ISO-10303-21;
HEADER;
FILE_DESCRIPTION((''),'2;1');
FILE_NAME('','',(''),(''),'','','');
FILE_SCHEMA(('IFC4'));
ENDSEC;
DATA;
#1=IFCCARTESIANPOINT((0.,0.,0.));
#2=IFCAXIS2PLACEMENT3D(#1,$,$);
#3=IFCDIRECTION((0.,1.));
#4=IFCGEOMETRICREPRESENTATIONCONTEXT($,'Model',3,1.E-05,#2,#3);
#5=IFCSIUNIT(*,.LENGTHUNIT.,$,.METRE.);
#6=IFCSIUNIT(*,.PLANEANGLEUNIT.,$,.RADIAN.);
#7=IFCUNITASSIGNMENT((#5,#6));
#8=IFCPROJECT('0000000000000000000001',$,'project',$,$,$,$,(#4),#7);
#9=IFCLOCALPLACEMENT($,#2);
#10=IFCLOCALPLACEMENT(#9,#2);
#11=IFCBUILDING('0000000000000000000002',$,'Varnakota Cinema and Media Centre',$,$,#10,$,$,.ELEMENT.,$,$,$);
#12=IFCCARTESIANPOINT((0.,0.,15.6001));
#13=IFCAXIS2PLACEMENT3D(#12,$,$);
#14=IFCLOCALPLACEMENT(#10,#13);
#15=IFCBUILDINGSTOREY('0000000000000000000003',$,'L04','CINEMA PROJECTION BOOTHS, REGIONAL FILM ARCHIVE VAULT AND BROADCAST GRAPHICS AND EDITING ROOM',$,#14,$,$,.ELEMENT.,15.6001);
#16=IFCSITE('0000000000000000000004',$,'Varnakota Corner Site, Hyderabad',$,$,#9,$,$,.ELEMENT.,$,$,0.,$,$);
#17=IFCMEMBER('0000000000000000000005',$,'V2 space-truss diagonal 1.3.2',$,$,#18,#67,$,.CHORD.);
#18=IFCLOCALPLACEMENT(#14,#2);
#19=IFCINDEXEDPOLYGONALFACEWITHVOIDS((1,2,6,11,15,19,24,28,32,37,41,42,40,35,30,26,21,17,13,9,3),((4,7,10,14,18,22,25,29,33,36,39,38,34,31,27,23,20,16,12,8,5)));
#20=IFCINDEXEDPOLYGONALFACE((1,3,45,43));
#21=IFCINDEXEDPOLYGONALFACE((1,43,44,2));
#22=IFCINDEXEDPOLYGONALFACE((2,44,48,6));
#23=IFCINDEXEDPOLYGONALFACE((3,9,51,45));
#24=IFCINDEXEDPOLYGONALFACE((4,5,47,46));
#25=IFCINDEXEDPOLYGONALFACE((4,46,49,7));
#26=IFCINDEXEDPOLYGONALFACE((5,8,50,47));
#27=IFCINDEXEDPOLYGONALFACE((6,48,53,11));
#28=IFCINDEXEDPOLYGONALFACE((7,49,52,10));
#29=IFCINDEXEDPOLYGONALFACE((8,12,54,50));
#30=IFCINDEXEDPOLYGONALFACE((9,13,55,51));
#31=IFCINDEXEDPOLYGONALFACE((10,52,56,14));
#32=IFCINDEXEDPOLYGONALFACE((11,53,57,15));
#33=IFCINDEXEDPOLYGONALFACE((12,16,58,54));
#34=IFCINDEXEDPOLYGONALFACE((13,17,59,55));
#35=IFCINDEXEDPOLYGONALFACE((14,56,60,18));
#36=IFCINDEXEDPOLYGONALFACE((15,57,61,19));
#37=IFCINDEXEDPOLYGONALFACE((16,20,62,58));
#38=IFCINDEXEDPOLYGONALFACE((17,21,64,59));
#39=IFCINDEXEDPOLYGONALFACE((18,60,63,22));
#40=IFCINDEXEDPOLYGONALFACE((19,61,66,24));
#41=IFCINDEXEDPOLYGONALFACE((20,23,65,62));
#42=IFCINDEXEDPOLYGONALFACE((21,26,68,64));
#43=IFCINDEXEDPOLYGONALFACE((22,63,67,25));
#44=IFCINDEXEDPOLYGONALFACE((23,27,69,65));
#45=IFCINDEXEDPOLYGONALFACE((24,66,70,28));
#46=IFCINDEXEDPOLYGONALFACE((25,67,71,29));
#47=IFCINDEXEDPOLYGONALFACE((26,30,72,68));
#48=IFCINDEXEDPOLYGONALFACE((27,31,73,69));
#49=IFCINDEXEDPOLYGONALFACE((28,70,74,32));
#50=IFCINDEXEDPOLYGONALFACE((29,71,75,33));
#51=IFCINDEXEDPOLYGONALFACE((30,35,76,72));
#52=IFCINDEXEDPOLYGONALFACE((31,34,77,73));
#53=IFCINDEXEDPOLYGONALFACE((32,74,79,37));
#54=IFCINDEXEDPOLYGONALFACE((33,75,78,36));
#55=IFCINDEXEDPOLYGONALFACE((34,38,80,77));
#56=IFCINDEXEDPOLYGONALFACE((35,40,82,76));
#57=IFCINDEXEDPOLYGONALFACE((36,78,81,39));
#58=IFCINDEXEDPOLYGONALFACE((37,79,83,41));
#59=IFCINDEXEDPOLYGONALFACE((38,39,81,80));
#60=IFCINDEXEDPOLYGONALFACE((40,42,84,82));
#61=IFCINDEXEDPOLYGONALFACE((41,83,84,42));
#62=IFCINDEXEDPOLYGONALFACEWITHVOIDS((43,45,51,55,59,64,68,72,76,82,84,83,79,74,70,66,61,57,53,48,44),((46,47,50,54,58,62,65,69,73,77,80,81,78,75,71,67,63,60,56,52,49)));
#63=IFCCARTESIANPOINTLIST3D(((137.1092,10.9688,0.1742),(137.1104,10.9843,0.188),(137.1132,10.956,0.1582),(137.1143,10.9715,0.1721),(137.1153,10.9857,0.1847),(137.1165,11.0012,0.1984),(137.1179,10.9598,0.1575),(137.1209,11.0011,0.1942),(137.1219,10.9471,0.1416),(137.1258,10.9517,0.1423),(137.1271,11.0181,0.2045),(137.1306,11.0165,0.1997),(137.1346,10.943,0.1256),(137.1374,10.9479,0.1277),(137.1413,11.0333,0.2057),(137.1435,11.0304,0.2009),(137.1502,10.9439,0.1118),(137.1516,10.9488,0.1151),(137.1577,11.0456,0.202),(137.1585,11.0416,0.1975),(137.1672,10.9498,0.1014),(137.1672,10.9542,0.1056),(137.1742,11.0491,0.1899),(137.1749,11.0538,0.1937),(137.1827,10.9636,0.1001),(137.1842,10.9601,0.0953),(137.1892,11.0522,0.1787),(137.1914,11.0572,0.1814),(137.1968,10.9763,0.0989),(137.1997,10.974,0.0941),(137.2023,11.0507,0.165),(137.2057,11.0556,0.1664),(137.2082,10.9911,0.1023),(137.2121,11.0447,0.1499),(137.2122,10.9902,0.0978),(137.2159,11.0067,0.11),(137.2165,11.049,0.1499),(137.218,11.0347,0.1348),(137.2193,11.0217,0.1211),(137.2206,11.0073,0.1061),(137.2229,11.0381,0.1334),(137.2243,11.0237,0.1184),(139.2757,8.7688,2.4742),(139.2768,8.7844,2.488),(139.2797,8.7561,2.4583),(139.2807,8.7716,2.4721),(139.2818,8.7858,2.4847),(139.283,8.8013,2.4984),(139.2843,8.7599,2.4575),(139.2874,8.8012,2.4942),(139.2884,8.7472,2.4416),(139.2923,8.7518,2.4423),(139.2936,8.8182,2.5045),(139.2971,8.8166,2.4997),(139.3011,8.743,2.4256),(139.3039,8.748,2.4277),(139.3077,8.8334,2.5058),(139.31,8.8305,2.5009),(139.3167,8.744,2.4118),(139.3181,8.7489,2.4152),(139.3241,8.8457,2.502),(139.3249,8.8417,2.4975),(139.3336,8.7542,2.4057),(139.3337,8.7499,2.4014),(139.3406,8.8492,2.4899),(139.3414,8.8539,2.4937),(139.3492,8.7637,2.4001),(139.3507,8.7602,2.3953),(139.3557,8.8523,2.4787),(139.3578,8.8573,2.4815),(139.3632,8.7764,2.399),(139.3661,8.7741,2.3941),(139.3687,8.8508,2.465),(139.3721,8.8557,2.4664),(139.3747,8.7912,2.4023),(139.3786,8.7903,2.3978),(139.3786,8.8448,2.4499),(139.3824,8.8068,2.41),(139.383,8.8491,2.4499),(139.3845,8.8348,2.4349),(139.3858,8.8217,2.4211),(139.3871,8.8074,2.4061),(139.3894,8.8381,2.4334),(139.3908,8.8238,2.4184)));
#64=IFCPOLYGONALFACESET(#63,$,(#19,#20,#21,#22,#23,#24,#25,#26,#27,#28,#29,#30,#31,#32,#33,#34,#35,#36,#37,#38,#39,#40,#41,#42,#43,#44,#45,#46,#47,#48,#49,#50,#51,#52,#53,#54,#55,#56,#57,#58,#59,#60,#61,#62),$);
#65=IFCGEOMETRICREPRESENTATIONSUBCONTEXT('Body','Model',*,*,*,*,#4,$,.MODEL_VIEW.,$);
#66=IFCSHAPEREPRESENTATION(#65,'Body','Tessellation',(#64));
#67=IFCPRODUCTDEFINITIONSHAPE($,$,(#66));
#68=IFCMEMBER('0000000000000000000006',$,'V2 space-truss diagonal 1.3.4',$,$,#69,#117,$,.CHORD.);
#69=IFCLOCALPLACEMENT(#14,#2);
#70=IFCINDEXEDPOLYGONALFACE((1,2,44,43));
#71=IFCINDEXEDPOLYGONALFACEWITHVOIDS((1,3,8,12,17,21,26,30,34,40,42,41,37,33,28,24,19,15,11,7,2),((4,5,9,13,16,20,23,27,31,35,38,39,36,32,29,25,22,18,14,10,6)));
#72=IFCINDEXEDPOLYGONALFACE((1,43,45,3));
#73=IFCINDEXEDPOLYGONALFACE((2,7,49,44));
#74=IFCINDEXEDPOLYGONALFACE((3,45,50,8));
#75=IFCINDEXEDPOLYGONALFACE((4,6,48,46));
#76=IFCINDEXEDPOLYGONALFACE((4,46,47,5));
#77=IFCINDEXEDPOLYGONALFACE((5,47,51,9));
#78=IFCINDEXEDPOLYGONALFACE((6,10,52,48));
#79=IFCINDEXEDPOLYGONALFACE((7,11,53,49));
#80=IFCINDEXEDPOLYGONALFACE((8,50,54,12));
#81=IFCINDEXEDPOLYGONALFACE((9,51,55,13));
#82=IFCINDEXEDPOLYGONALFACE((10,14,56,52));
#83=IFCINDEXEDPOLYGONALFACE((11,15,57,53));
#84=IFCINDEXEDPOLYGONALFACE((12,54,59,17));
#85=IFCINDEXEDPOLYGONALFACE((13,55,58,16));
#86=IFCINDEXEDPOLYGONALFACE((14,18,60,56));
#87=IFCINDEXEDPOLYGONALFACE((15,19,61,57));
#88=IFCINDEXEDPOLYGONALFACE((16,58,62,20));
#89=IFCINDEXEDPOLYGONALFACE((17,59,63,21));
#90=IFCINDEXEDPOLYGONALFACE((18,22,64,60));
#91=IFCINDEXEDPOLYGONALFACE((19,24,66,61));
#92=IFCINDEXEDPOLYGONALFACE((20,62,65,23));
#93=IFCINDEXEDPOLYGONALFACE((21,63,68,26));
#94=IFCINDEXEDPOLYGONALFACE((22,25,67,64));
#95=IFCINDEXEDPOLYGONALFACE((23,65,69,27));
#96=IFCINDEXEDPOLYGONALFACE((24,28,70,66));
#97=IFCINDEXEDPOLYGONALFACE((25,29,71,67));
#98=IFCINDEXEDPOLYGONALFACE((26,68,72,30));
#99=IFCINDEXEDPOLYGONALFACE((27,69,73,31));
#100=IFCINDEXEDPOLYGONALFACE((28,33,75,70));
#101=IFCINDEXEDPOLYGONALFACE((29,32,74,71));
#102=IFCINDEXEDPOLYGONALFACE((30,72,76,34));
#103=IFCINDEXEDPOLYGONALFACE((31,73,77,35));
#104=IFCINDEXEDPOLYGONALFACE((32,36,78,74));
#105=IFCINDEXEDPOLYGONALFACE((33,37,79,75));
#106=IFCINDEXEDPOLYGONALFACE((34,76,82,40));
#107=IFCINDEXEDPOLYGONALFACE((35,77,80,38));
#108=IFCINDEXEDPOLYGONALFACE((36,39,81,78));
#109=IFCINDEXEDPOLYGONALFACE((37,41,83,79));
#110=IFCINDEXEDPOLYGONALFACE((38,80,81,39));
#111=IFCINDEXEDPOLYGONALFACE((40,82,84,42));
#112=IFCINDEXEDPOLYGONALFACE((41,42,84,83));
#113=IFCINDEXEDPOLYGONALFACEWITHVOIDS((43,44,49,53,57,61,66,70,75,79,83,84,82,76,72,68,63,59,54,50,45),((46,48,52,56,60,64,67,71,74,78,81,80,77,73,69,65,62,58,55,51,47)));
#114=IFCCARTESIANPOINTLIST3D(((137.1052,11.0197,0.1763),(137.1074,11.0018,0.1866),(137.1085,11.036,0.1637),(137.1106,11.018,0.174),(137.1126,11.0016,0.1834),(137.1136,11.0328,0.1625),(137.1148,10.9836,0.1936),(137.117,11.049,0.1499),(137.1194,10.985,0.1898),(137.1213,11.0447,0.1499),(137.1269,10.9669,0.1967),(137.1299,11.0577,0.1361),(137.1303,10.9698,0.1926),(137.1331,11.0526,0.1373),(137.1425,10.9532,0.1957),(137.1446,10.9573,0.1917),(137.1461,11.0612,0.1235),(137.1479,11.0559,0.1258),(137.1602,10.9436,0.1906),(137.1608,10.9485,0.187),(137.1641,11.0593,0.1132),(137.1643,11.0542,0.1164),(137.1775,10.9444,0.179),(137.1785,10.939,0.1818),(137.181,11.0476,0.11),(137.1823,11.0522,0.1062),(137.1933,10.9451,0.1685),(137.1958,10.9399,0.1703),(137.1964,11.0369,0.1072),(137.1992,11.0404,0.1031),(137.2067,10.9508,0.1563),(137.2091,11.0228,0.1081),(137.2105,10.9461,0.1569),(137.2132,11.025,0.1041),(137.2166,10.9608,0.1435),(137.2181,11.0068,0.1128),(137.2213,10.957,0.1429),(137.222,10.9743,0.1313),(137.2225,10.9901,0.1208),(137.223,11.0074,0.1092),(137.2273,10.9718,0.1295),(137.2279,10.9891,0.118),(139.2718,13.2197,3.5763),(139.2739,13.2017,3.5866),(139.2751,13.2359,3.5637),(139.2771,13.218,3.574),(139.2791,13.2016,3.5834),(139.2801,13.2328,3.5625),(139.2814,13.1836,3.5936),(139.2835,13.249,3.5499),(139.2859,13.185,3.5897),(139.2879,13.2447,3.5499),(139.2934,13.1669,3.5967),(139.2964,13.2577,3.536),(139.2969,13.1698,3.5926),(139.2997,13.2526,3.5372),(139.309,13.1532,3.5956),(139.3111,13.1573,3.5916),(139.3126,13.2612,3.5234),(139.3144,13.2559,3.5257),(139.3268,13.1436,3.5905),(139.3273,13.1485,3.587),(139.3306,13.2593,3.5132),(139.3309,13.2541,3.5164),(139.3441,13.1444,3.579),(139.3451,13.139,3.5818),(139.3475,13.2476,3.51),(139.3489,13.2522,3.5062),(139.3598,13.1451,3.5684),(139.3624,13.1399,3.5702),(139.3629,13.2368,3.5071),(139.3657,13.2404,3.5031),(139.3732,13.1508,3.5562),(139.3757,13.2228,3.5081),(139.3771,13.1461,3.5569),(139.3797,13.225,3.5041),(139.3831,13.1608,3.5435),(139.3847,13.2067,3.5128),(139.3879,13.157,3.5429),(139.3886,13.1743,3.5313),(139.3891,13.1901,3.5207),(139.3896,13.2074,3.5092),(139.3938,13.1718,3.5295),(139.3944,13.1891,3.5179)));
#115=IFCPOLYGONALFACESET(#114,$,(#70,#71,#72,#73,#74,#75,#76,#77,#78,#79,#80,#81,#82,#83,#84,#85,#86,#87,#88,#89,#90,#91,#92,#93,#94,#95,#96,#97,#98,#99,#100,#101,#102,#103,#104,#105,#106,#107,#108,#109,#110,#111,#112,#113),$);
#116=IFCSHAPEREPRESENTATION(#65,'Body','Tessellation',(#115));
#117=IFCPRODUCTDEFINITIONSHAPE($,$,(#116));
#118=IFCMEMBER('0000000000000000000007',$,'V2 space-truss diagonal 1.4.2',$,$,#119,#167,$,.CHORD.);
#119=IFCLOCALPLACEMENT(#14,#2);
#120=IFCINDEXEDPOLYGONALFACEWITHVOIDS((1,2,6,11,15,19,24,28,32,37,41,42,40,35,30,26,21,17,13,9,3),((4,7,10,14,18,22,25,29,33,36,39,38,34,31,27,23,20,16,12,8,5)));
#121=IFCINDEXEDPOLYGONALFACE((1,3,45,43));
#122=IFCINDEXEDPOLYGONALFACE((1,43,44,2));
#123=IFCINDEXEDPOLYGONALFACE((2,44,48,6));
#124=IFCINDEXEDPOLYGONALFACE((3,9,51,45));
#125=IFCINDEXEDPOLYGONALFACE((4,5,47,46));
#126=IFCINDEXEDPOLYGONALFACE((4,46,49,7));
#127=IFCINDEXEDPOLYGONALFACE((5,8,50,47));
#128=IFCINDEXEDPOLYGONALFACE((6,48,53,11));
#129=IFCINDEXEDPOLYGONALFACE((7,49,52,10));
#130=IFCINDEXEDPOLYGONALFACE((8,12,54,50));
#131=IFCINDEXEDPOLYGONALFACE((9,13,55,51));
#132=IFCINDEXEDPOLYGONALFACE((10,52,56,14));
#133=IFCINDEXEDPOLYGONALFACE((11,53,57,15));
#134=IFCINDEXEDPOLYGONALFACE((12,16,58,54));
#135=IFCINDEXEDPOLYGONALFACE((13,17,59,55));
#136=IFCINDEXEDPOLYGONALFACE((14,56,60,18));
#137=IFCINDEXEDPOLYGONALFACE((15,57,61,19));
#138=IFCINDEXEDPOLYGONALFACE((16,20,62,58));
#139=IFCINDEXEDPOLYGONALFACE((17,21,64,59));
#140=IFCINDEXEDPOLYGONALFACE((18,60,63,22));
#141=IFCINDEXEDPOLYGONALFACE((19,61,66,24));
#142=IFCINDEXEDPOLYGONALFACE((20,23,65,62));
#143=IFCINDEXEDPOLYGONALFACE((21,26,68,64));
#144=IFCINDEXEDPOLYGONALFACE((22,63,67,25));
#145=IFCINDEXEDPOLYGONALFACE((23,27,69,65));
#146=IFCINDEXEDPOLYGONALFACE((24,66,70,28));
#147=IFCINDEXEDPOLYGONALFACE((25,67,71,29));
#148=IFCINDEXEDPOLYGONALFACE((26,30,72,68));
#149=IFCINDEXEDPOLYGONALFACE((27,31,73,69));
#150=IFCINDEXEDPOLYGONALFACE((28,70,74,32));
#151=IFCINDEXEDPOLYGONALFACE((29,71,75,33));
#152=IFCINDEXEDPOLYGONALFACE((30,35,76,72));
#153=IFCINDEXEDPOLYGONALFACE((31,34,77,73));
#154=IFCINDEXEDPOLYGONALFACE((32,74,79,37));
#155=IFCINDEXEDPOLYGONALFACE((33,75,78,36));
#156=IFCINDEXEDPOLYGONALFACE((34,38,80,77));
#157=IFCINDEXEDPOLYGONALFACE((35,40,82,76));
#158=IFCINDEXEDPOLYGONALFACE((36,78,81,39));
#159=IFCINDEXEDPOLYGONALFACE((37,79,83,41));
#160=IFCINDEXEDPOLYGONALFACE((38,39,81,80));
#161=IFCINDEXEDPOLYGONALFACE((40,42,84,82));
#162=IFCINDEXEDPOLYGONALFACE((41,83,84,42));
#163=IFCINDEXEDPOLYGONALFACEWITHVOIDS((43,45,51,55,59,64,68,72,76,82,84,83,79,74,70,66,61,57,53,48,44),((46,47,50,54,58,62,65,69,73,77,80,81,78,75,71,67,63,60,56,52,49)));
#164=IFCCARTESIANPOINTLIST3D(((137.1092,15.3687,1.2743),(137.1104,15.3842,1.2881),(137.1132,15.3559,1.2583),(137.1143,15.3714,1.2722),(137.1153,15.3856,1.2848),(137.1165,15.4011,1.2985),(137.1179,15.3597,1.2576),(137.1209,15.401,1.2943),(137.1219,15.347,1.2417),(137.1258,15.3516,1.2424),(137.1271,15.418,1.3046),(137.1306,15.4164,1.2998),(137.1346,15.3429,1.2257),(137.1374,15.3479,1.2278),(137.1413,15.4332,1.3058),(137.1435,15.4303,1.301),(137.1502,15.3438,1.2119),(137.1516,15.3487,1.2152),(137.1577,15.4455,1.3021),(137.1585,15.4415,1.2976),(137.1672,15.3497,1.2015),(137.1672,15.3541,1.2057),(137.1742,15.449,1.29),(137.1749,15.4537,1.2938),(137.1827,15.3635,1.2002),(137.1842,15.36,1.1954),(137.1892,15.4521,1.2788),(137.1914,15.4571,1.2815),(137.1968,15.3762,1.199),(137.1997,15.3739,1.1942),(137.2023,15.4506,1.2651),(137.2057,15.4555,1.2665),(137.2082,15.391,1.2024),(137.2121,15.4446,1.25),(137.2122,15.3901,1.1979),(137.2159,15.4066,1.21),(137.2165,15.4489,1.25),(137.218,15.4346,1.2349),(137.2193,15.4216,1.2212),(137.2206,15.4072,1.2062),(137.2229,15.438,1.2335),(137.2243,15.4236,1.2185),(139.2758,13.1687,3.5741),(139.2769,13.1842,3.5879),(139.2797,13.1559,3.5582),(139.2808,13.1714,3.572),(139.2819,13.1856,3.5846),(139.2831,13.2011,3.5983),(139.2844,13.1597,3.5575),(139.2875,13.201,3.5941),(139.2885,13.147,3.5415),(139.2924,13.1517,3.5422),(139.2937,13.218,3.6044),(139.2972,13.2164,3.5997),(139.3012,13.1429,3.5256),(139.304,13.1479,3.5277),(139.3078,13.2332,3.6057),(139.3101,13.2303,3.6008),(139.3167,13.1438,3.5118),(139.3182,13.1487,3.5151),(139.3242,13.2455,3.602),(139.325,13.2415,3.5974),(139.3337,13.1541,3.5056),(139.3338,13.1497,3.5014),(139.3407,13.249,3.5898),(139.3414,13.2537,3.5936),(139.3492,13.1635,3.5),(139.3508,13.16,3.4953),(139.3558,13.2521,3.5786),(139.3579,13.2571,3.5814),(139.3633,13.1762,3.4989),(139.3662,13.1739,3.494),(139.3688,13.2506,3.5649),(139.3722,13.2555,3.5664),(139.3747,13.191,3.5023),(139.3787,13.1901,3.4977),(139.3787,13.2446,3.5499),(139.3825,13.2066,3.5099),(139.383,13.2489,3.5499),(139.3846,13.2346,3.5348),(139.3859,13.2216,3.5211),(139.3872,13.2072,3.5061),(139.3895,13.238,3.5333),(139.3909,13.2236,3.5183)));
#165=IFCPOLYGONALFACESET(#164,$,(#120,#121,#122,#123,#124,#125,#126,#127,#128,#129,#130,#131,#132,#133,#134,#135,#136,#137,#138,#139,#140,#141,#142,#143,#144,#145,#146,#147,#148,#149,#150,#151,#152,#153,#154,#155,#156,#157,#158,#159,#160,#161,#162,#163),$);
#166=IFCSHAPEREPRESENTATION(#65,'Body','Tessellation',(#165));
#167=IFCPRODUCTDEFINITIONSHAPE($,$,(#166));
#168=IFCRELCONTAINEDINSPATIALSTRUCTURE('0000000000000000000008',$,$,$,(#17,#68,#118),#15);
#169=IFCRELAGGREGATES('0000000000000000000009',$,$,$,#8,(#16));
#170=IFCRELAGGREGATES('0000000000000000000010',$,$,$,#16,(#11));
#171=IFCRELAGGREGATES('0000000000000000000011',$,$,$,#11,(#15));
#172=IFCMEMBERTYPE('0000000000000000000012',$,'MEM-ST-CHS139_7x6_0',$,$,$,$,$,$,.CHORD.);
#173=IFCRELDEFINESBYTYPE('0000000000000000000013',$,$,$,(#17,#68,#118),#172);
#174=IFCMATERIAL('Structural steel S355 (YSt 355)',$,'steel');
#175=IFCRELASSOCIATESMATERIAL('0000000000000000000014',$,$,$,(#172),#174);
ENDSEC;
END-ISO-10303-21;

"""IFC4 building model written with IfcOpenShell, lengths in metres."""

from ifc_helpers import new_model, si_unit, direction, frame, origin, origin_2d, place, context, subcontext, project, spatial, hollow_circle, extrude, material, material_profile, profile_set, type_object, element, save


model = new_model("IFC4")

# Units and contexts
model_context = context("Model", 3, precision=1e-05, world=origin(), true_north=direction((0.0, 1.0)))
body_context = subcontext(model_context, "Body", "Model", "MODEL_VIEW")
ifc_project = project(units=[si_unit("LENGTHUNIT", "METRE"), si_unit("PLANEANGLEUNIT", "RADIAN")], contexts=[model_context])

# Site, building, storey
site_placement = place(None, origin())
site = spatial("IfcSite", under=ifc_project, at=site_placement, Name="Varnakota Corner Site, Hyderabad", CompositionType="ELEMENT", RefElevation=0.0)
building_placement = place(site_placement, origin())
building = spatial("IfcBuilding", under=site, at=building_placement, Name="Varnakota Cinema and Media Centre", CompositionType="ELEMENT")
storey_placement = place(building_placement, frame((0.0, 0.0, 15.6001)))
storey = spatial("IfcBuildingStorey", under=building, at=storey_placement, Name="L04", Description="CINEMA PROJECTION BOOTHS, REGIONAL FILM ARCHIVE VAULT AND BROADCAST GRAPHICS AND EDITING ROOM", CompositionType="ELEMENT", Elevation=15.6001)

# Members
ifc_material_1 = material(Name="Structural steel S355 (YSt 355)", Category="steel")
ifc_material_profile_1 = material_profile(ifc_material_1, hollow_circle(Radius=0.0698, WallThickness=0.0061, at=origin_2d()), Name="CHS 139.7x6.0")
ifc_profile_set_1 = profile_set([ifc_material_profile_1], Name="Structural steel S355 (YSt 355)")
member_type_1 = type_object("IfcMemberType", Name="MEM-ST-CHS139_7x6_0", PredefinedType="CHORD", material=ifc_profile_set_1)
member_1_placement = place(storey_placement, frame((137.1667, 11.0, 0.1499), z_axis=(0.562705, -0.571392, 0.59739), x_axis=(0.712502, 0.70167, 0.0)))
element("IfcMember", 1, at=member_1_placement, inside=storey, type_object=member_type_1, Name="V2 space-truss diagonal 1.3.2", PredefinedType="CHORD", context=body_context, shape_type="SweptSolid", body=[
    extrude(hollow_circle(Radius=0.0698, WallThickness=0.0061, at=origin_2d()), origin(), (0.0, 0.0, 1.0), 3.8501),
])
member_2_placement = place(storey_placement, frame((137.1667, 11.0, 0.1499), z_axis=(0.471728, 0.479011, 0.740285), x_axis=(-0.712502, 0.70167, 0.0)))
element("IfcMember", 2, at=member_2_placement, inside=storey, type_object=member_type_1, Name="V2 space-truss diagonal 1.3.4", PredefinedType="CHORD", context=body_context, shape_type="SweptSolid", body=[
    extrude(hollow_circle(Radius=0.0698, WallThickness=0.0061, at=origin_2d()), origin(), (0.0, 0.0, 1.0), 4.5928),
])
member_3_placement = place(storey_placement, frame((137.1667, 15.3999, 1.25), z_axis=(0.562726, -0.571413, 0.597349), x_axis=(0.712502, 0.70167, 0.0)))
element("IfcMember", 3, at=member_3_placement, inside=storey, type_object=member_type_1, Name="V2 space-truss diagonal 1.4.2", PredefinedType="CHORD", context=body_context, shape_type="SweptSolid", body=[
    extrude(hollow_circle(Radius=0.0698, WallThickness=0.0061, at=origin_2d()), origin(), (0.0, 0.0, 1.0), 3.8501),
])

save(model, "model.ifc")
